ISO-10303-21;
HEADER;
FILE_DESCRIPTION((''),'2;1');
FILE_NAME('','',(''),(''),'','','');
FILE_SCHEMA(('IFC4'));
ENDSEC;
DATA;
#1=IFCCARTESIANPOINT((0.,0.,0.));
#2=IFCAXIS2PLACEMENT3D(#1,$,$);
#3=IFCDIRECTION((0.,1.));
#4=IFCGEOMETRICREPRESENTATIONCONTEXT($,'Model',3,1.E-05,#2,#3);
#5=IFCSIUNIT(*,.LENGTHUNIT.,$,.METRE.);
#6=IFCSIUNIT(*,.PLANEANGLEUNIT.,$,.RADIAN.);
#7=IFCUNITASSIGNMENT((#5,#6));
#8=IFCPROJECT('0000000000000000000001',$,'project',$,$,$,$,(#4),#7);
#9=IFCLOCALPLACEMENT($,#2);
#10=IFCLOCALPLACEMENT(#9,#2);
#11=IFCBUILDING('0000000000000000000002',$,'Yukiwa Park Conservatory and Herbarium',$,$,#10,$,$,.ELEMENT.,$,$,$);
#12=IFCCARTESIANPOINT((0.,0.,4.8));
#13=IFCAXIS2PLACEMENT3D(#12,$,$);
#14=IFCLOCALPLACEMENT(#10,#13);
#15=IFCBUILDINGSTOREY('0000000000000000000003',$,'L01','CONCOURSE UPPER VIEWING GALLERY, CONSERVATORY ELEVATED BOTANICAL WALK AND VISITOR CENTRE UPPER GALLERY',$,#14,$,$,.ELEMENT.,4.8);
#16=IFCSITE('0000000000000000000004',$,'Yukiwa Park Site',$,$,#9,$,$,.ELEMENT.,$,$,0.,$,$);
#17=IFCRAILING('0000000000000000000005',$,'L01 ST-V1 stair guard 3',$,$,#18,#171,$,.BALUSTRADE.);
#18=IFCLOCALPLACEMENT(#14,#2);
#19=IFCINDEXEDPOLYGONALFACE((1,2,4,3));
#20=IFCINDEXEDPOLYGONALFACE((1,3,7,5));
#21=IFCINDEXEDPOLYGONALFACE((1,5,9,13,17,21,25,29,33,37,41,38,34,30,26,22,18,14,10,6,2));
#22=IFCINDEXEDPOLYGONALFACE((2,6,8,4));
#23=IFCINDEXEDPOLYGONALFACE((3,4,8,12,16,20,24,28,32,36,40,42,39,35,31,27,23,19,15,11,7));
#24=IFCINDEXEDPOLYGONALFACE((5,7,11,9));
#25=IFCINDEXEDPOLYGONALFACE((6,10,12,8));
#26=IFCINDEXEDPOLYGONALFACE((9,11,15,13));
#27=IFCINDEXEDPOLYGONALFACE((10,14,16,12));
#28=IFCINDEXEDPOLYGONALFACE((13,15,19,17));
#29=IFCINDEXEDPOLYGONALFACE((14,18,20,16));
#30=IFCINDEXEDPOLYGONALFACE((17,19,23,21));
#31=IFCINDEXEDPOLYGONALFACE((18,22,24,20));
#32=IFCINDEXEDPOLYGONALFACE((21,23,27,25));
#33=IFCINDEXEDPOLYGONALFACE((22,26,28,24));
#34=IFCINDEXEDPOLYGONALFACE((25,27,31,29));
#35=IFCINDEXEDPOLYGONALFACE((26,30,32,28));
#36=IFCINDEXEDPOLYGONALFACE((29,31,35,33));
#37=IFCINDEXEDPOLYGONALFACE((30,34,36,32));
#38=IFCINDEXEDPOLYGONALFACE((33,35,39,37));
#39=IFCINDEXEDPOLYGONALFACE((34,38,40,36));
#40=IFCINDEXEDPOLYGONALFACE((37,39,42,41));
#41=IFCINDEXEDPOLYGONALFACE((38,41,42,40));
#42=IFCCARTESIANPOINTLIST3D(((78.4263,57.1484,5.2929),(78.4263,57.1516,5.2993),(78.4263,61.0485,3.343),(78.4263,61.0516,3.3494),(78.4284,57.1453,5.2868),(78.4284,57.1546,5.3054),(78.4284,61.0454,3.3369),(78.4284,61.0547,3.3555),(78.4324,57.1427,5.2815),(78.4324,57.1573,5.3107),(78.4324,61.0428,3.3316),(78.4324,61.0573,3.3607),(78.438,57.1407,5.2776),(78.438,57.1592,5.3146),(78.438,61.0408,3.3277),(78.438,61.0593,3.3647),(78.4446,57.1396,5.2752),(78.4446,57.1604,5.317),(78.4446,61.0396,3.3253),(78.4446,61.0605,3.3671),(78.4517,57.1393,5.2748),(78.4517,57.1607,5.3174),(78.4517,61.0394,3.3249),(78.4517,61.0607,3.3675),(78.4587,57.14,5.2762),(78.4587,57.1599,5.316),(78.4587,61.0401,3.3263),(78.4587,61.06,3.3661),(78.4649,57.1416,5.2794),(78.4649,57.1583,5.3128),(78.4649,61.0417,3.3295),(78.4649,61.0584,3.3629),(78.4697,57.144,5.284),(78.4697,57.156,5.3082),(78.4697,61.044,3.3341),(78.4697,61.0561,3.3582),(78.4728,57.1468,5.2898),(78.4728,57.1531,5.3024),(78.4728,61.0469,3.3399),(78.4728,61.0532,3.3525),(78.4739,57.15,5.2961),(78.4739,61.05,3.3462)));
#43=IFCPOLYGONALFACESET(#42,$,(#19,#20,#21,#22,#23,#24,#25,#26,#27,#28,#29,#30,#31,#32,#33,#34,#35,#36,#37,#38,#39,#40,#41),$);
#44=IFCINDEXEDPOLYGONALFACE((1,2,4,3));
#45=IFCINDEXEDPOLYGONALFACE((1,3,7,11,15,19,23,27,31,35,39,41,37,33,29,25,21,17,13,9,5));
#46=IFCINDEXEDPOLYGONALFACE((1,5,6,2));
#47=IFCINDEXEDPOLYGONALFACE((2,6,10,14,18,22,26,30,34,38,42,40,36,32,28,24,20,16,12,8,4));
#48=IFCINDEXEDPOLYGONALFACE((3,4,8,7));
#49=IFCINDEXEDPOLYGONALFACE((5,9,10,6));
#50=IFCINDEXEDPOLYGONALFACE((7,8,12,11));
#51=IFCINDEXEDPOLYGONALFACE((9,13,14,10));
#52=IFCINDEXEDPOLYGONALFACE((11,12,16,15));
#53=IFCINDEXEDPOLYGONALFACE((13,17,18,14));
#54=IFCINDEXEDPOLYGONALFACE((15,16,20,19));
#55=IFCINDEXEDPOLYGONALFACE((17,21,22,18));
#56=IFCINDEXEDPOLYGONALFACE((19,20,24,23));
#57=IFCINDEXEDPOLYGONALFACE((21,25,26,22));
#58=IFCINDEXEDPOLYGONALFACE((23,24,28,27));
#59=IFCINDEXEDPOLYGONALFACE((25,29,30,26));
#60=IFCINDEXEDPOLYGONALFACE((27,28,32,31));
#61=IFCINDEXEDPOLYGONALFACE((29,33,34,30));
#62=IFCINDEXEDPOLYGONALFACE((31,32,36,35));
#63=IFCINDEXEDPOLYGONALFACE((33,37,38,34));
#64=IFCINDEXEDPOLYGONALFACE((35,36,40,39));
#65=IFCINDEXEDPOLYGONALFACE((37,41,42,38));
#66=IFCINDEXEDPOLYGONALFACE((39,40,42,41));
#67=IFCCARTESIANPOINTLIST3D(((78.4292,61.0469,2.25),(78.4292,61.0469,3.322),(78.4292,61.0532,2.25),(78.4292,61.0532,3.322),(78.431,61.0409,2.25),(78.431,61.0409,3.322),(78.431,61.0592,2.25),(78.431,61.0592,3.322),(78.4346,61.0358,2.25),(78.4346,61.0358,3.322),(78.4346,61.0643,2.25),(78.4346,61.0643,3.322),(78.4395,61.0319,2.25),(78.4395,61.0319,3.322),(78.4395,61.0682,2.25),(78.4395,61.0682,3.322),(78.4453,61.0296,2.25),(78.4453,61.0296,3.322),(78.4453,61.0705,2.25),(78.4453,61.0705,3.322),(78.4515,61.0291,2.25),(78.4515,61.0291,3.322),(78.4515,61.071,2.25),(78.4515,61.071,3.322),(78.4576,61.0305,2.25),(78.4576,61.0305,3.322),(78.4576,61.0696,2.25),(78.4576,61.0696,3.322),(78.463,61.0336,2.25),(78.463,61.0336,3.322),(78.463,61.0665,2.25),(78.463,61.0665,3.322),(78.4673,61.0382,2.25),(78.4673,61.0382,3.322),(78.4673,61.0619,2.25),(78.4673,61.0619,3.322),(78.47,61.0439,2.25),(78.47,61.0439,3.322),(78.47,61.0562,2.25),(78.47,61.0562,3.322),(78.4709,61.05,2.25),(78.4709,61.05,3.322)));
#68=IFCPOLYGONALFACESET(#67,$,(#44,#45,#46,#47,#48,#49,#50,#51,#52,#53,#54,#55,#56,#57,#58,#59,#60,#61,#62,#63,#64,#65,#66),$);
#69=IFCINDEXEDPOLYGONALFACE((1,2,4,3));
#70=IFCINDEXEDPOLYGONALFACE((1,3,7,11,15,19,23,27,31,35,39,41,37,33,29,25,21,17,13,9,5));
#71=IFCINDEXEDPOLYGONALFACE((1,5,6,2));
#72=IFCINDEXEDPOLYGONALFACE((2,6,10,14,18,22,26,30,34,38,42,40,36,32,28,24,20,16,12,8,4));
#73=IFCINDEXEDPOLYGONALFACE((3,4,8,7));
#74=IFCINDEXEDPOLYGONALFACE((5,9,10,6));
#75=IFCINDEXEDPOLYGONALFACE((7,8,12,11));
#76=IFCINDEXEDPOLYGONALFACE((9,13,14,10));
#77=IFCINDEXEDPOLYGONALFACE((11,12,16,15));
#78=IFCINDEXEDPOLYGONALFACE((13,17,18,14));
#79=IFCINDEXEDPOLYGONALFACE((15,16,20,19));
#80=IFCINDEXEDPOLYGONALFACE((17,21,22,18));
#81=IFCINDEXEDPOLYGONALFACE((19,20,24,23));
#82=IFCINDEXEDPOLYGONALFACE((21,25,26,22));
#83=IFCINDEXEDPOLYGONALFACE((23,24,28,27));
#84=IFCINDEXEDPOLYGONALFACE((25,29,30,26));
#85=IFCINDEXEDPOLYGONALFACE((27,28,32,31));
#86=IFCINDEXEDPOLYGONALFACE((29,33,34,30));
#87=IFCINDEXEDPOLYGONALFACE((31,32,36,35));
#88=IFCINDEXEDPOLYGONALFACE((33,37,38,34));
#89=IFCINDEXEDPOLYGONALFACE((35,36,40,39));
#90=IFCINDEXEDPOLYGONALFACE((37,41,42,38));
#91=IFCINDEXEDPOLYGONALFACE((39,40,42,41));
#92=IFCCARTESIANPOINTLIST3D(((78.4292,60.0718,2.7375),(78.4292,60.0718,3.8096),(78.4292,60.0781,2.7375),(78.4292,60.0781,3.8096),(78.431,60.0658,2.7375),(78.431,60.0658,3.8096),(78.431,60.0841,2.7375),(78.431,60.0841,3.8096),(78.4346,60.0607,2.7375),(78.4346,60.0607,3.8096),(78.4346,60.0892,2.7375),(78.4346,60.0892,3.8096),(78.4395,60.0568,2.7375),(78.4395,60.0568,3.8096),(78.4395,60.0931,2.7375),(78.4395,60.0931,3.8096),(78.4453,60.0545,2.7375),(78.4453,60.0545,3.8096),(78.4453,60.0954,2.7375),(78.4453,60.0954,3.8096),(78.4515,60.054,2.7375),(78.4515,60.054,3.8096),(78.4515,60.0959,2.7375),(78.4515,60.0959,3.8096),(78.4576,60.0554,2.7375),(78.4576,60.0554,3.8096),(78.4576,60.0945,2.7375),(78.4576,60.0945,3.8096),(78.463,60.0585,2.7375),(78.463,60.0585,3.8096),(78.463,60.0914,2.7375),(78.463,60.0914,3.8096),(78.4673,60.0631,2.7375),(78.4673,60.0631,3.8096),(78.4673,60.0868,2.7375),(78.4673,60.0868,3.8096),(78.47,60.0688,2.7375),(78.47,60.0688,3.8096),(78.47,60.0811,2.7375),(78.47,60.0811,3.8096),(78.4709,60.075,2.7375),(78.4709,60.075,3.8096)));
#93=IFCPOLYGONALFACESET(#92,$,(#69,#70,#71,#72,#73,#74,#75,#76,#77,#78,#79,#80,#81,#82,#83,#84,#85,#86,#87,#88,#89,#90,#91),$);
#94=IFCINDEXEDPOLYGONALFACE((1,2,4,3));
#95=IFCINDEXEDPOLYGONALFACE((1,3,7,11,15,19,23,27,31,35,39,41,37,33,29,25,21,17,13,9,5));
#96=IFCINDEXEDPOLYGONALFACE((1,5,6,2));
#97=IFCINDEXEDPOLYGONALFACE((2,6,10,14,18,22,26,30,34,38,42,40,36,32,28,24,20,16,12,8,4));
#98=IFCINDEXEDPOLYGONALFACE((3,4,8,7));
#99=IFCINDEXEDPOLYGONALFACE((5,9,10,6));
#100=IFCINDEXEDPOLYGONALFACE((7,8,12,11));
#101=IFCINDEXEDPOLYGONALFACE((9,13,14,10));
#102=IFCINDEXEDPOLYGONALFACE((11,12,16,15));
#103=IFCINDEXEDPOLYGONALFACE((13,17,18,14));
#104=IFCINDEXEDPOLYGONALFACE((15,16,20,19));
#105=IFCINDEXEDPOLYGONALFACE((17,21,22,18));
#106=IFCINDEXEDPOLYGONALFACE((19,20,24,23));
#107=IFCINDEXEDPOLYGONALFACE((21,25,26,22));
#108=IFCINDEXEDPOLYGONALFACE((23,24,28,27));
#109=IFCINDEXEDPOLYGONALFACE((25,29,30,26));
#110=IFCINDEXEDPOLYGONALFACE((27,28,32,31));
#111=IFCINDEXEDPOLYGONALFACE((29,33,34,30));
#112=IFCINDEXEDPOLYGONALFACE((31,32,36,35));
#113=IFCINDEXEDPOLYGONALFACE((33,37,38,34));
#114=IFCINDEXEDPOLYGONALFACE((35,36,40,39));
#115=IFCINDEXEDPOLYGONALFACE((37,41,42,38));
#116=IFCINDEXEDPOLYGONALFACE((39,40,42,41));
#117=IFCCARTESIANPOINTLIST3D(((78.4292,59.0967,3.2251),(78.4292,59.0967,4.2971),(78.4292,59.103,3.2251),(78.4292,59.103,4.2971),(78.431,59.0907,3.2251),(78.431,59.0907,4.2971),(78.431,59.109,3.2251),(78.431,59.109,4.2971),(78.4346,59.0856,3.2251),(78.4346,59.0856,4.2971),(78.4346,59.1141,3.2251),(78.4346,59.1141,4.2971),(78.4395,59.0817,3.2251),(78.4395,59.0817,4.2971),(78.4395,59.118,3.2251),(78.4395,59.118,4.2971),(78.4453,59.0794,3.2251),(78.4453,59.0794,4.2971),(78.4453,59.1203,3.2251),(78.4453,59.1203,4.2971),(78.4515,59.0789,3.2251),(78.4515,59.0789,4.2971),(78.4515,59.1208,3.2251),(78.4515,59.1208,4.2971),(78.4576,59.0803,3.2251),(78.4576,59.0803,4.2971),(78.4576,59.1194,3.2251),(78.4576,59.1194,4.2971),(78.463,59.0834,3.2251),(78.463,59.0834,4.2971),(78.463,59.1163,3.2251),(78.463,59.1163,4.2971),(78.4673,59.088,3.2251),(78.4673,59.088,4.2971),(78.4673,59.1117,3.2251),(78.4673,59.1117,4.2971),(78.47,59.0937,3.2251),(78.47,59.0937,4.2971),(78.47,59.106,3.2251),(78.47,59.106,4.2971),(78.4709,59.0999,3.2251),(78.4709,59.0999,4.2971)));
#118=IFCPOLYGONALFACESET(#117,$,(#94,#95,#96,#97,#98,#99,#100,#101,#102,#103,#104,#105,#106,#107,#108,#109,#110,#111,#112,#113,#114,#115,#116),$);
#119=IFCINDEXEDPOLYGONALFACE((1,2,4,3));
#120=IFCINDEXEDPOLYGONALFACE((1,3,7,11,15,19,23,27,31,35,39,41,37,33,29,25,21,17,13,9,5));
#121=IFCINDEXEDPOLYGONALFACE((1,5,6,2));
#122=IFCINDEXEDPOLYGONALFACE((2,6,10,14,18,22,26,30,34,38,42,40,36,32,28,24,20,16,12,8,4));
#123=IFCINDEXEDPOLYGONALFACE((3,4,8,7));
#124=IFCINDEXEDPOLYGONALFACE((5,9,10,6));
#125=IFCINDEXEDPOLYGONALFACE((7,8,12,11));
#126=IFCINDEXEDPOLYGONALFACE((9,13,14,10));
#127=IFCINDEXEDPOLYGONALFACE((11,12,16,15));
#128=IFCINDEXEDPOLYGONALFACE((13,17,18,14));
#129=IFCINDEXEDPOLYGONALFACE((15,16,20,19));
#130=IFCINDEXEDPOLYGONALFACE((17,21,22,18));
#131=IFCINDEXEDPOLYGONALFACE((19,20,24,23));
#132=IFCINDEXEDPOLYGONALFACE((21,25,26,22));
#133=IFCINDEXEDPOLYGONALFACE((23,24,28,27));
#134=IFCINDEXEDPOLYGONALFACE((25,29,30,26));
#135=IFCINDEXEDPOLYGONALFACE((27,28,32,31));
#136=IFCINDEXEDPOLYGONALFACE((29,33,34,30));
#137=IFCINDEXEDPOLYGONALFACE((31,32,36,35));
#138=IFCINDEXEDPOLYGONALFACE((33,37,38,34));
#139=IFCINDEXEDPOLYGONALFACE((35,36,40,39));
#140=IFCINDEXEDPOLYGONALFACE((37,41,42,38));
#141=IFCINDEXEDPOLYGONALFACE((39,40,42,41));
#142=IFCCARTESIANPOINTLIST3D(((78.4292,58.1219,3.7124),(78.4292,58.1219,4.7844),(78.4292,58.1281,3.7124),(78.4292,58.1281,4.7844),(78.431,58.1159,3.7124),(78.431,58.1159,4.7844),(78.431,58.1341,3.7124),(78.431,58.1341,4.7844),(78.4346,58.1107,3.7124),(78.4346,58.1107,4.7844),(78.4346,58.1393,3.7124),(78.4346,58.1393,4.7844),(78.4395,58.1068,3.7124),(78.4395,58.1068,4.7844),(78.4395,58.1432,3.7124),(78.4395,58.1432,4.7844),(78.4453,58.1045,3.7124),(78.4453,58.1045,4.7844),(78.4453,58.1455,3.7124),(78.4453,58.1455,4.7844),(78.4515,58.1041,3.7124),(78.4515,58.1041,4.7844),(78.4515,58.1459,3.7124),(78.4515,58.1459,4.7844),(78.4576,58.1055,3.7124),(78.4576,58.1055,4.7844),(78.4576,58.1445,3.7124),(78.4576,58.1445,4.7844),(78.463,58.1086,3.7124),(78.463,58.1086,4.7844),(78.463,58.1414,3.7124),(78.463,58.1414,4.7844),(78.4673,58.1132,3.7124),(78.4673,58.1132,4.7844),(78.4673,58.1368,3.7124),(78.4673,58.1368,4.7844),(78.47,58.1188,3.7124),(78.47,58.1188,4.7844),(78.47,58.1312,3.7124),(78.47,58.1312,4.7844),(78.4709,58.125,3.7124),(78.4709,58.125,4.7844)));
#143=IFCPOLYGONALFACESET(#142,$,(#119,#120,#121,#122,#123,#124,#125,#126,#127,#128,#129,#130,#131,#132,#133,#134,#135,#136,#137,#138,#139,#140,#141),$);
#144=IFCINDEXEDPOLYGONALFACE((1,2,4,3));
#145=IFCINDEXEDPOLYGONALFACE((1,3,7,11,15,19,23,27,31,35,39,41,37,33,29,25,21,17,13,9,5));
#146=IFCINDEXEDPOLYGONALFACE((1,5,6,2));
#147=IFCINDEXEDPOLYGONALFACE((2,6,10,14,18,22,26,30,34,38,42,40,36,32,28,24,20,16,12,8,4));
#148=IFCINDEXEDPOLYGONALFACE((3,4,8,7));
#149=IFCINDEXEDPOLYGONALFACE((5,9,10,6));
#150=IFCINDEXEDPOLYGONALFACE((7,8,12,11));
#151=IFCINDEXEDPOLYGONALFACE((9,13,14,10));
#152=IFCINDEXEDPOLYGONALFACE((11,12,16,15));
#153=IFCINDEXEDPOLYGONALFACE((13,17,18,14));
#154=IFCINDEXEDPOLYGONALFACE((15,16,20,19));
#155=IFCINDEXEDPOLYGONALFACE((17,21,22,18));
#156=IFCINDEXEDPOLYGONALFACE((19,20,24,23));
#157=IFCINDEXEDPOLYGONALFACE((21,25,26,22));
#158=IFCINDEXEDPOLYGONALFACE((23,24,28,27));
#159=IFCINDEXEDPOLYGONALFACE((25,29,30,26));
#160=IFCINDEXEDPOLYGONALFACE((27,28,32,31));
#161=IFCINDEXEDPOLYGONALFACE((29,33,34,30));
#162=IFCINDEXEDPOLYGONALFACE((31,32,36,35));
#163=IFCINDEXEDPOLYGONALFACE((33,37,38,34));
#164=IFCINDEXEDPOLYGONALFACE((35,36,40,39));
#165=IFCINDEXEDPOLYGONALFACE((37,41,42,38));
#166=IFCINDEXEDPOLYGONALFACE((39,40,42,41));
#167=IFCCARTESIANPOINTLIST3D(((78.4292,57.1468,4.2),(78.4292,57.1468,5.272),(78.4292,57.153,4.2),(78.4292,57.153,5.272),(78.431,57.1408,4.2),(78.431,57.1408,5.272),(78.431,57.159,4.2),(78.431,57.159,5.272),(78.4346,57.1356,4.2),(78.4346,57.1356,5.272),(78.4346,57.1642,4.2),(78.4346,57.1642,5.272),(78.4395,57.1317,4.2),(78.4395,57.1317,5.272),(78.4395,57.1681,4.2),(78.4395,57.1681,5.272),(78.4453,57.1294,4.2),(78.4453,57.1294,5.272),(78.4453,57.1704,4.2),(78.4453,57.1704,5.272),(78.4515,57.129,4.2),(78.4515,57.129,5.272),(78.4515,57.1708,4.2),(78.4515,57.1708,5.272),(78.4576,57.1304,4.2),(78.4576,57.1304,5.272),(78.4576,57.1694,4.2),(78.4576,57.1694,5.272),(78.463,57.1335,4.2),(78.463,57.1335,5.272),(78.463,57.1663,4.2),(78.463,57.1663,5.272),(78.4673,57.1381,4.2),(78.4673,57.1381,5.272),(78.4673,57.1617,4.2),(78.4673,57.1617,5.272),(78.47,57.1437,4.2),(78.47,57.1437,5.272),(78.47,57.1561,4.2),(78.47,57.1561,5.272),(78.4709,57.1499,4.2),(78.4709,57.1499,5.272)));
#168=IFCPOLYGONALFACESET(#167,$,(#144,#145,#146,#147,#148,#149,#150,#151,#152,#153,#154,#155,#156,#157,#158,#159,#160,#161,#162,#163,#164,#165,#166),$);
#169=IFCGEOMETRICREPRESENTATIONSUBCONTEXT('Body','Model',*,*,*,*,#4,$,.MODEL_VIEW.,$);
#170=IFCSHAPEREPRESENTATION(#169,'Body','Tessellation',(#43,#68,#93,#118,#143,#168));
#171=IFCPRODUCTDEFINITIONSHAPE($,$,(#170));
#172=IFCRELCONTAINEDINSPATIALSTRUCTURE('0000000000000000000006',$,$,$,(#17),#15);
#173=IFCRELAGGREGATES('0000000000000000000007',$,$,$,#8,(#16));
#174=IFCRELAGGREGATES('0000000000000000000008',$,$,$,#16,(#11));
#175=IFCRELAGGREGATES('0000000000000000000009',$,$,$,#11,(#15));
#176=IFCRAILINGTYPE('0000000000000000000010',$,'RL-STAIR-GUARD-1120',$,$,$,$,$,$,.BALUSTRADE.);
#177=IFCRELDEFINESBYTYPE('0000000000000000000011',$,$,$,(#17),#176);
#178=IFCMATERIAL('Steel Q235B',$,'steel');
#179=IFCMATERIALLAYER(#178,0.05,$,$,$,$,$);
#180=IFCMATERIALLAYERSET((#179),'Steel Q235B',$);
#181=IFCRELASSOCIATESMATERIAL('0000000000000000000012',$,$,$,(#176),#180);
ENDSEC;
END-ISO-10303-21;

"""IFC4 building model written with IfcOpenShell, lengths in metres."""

from ifc_helpers import new_model, si_unit, direction, frame, origin, origin_2d, place, context, subcontext, project, spatial, circle, extrude, material, layer, layer_set, type_object, element, save


model = new_model("IFC4")

# Units and contexts
model_context = context("Model", 3, precision=1e-05, world=origin(), true_north=direction((0.0, 1.0)))
body_context = subcontext(model_context, "Body", "Model", "MODEL_VIEW")
ifc_project = project(units=[si_unit("LENGTHUNIT", "METRE"), si_unit("PLANEANGLEUNIT", "RADIAN")], contexts=[model_context])

# Site, building, storey
site_placement = place(None, origin())
site = spatial("IfcSite", under=ifc_project, at=site_placement, Name="Yukiwa Park Site", CompositionType="ELEMENT", RefElevation=0.0)
building_placement = place(site_placement, origin())
building = spatial("IfcBuilding", under=site, at=building_placement, Name="Yukiwa Park Conservatory and Herbarium", CompositionType="ELEMENT")
storey_placement = place(building_placement, frame((0.0, 0.0, 4.8)))
storey = spatial("IfcBuildingStorey", under=building, at=storey_placement, Name="L01", Description="CONCOURSE UPPER VIEWING GALLERY, CONSERVATORY ELEVATED BOTANICAL WALK AND VISITOR CENTRE UPPER GALLERY", CompositionType="ELEMENT", Elevation=4.8)

# Railing
ifc_material_1 = material(Name="Steel Q235B", Category="steel")
ifc_layer_1 = layer(ifc_material_1, 0.05)
ifc_layer_set_1 = layer_set([ifc_layer_1], Name="Steel Q235B")
railing_type_1 = type_object("IfcRailingType", Name="RL-STAIR-GUARD-1120", PredefinedType="BALUSTRADE", material=ifc_layer_set_1)
railing_1_placement = place(storey_placement, frame((78.45, 61.05, 2.25)))
element("IfcRailing", 1, at=railing_1_placement, inside=storey, type_object=railing_type_1, Name="L01 ST-V1 stair guard 3", PredefinedType="BALUSTRADE", context=body_context, shape_type="SweptSolid", body=[
    extrude(circle(Radius=0.0239, at=origin_2d()), frame((0.0, 0.0, 1.0962), z_axis=(0.0, -0.894438, 0.447191), x_axis=(1.0, 0.0, 0.0)), (0.0, 0.0, 1.0), 4.3604),
    extrude(circle(Radius=0.021, at=origin_2d()), origin(), (0.0, 0.0, 1.0), 1.072),
    extrude(circle(Radius=0.021, at=origin_2d()), frame((0.0, -0.9751, 0.4875)), (0.0, 0.0, 1.0), 1.072),
    extrude(circle(Radius=0.021, at=origin_2d()), frame((0.0, -1.9502, 0.9751)), (0.0, 0.0, 1.0), 1.072),
    extrude(circle(Radius=0.021, at=origin_2d()), frame((0.0, -2.925, 1.4624)), (0.0, 0.0, 1.0), 1.072),
    extrude(circle(Radius=0.021, at=origin_2d()), frame((0.0, -3.9001, 1.95)), (0.0, 0.0, 1.0), 1.072),
])

save(model, "model.ifc")
